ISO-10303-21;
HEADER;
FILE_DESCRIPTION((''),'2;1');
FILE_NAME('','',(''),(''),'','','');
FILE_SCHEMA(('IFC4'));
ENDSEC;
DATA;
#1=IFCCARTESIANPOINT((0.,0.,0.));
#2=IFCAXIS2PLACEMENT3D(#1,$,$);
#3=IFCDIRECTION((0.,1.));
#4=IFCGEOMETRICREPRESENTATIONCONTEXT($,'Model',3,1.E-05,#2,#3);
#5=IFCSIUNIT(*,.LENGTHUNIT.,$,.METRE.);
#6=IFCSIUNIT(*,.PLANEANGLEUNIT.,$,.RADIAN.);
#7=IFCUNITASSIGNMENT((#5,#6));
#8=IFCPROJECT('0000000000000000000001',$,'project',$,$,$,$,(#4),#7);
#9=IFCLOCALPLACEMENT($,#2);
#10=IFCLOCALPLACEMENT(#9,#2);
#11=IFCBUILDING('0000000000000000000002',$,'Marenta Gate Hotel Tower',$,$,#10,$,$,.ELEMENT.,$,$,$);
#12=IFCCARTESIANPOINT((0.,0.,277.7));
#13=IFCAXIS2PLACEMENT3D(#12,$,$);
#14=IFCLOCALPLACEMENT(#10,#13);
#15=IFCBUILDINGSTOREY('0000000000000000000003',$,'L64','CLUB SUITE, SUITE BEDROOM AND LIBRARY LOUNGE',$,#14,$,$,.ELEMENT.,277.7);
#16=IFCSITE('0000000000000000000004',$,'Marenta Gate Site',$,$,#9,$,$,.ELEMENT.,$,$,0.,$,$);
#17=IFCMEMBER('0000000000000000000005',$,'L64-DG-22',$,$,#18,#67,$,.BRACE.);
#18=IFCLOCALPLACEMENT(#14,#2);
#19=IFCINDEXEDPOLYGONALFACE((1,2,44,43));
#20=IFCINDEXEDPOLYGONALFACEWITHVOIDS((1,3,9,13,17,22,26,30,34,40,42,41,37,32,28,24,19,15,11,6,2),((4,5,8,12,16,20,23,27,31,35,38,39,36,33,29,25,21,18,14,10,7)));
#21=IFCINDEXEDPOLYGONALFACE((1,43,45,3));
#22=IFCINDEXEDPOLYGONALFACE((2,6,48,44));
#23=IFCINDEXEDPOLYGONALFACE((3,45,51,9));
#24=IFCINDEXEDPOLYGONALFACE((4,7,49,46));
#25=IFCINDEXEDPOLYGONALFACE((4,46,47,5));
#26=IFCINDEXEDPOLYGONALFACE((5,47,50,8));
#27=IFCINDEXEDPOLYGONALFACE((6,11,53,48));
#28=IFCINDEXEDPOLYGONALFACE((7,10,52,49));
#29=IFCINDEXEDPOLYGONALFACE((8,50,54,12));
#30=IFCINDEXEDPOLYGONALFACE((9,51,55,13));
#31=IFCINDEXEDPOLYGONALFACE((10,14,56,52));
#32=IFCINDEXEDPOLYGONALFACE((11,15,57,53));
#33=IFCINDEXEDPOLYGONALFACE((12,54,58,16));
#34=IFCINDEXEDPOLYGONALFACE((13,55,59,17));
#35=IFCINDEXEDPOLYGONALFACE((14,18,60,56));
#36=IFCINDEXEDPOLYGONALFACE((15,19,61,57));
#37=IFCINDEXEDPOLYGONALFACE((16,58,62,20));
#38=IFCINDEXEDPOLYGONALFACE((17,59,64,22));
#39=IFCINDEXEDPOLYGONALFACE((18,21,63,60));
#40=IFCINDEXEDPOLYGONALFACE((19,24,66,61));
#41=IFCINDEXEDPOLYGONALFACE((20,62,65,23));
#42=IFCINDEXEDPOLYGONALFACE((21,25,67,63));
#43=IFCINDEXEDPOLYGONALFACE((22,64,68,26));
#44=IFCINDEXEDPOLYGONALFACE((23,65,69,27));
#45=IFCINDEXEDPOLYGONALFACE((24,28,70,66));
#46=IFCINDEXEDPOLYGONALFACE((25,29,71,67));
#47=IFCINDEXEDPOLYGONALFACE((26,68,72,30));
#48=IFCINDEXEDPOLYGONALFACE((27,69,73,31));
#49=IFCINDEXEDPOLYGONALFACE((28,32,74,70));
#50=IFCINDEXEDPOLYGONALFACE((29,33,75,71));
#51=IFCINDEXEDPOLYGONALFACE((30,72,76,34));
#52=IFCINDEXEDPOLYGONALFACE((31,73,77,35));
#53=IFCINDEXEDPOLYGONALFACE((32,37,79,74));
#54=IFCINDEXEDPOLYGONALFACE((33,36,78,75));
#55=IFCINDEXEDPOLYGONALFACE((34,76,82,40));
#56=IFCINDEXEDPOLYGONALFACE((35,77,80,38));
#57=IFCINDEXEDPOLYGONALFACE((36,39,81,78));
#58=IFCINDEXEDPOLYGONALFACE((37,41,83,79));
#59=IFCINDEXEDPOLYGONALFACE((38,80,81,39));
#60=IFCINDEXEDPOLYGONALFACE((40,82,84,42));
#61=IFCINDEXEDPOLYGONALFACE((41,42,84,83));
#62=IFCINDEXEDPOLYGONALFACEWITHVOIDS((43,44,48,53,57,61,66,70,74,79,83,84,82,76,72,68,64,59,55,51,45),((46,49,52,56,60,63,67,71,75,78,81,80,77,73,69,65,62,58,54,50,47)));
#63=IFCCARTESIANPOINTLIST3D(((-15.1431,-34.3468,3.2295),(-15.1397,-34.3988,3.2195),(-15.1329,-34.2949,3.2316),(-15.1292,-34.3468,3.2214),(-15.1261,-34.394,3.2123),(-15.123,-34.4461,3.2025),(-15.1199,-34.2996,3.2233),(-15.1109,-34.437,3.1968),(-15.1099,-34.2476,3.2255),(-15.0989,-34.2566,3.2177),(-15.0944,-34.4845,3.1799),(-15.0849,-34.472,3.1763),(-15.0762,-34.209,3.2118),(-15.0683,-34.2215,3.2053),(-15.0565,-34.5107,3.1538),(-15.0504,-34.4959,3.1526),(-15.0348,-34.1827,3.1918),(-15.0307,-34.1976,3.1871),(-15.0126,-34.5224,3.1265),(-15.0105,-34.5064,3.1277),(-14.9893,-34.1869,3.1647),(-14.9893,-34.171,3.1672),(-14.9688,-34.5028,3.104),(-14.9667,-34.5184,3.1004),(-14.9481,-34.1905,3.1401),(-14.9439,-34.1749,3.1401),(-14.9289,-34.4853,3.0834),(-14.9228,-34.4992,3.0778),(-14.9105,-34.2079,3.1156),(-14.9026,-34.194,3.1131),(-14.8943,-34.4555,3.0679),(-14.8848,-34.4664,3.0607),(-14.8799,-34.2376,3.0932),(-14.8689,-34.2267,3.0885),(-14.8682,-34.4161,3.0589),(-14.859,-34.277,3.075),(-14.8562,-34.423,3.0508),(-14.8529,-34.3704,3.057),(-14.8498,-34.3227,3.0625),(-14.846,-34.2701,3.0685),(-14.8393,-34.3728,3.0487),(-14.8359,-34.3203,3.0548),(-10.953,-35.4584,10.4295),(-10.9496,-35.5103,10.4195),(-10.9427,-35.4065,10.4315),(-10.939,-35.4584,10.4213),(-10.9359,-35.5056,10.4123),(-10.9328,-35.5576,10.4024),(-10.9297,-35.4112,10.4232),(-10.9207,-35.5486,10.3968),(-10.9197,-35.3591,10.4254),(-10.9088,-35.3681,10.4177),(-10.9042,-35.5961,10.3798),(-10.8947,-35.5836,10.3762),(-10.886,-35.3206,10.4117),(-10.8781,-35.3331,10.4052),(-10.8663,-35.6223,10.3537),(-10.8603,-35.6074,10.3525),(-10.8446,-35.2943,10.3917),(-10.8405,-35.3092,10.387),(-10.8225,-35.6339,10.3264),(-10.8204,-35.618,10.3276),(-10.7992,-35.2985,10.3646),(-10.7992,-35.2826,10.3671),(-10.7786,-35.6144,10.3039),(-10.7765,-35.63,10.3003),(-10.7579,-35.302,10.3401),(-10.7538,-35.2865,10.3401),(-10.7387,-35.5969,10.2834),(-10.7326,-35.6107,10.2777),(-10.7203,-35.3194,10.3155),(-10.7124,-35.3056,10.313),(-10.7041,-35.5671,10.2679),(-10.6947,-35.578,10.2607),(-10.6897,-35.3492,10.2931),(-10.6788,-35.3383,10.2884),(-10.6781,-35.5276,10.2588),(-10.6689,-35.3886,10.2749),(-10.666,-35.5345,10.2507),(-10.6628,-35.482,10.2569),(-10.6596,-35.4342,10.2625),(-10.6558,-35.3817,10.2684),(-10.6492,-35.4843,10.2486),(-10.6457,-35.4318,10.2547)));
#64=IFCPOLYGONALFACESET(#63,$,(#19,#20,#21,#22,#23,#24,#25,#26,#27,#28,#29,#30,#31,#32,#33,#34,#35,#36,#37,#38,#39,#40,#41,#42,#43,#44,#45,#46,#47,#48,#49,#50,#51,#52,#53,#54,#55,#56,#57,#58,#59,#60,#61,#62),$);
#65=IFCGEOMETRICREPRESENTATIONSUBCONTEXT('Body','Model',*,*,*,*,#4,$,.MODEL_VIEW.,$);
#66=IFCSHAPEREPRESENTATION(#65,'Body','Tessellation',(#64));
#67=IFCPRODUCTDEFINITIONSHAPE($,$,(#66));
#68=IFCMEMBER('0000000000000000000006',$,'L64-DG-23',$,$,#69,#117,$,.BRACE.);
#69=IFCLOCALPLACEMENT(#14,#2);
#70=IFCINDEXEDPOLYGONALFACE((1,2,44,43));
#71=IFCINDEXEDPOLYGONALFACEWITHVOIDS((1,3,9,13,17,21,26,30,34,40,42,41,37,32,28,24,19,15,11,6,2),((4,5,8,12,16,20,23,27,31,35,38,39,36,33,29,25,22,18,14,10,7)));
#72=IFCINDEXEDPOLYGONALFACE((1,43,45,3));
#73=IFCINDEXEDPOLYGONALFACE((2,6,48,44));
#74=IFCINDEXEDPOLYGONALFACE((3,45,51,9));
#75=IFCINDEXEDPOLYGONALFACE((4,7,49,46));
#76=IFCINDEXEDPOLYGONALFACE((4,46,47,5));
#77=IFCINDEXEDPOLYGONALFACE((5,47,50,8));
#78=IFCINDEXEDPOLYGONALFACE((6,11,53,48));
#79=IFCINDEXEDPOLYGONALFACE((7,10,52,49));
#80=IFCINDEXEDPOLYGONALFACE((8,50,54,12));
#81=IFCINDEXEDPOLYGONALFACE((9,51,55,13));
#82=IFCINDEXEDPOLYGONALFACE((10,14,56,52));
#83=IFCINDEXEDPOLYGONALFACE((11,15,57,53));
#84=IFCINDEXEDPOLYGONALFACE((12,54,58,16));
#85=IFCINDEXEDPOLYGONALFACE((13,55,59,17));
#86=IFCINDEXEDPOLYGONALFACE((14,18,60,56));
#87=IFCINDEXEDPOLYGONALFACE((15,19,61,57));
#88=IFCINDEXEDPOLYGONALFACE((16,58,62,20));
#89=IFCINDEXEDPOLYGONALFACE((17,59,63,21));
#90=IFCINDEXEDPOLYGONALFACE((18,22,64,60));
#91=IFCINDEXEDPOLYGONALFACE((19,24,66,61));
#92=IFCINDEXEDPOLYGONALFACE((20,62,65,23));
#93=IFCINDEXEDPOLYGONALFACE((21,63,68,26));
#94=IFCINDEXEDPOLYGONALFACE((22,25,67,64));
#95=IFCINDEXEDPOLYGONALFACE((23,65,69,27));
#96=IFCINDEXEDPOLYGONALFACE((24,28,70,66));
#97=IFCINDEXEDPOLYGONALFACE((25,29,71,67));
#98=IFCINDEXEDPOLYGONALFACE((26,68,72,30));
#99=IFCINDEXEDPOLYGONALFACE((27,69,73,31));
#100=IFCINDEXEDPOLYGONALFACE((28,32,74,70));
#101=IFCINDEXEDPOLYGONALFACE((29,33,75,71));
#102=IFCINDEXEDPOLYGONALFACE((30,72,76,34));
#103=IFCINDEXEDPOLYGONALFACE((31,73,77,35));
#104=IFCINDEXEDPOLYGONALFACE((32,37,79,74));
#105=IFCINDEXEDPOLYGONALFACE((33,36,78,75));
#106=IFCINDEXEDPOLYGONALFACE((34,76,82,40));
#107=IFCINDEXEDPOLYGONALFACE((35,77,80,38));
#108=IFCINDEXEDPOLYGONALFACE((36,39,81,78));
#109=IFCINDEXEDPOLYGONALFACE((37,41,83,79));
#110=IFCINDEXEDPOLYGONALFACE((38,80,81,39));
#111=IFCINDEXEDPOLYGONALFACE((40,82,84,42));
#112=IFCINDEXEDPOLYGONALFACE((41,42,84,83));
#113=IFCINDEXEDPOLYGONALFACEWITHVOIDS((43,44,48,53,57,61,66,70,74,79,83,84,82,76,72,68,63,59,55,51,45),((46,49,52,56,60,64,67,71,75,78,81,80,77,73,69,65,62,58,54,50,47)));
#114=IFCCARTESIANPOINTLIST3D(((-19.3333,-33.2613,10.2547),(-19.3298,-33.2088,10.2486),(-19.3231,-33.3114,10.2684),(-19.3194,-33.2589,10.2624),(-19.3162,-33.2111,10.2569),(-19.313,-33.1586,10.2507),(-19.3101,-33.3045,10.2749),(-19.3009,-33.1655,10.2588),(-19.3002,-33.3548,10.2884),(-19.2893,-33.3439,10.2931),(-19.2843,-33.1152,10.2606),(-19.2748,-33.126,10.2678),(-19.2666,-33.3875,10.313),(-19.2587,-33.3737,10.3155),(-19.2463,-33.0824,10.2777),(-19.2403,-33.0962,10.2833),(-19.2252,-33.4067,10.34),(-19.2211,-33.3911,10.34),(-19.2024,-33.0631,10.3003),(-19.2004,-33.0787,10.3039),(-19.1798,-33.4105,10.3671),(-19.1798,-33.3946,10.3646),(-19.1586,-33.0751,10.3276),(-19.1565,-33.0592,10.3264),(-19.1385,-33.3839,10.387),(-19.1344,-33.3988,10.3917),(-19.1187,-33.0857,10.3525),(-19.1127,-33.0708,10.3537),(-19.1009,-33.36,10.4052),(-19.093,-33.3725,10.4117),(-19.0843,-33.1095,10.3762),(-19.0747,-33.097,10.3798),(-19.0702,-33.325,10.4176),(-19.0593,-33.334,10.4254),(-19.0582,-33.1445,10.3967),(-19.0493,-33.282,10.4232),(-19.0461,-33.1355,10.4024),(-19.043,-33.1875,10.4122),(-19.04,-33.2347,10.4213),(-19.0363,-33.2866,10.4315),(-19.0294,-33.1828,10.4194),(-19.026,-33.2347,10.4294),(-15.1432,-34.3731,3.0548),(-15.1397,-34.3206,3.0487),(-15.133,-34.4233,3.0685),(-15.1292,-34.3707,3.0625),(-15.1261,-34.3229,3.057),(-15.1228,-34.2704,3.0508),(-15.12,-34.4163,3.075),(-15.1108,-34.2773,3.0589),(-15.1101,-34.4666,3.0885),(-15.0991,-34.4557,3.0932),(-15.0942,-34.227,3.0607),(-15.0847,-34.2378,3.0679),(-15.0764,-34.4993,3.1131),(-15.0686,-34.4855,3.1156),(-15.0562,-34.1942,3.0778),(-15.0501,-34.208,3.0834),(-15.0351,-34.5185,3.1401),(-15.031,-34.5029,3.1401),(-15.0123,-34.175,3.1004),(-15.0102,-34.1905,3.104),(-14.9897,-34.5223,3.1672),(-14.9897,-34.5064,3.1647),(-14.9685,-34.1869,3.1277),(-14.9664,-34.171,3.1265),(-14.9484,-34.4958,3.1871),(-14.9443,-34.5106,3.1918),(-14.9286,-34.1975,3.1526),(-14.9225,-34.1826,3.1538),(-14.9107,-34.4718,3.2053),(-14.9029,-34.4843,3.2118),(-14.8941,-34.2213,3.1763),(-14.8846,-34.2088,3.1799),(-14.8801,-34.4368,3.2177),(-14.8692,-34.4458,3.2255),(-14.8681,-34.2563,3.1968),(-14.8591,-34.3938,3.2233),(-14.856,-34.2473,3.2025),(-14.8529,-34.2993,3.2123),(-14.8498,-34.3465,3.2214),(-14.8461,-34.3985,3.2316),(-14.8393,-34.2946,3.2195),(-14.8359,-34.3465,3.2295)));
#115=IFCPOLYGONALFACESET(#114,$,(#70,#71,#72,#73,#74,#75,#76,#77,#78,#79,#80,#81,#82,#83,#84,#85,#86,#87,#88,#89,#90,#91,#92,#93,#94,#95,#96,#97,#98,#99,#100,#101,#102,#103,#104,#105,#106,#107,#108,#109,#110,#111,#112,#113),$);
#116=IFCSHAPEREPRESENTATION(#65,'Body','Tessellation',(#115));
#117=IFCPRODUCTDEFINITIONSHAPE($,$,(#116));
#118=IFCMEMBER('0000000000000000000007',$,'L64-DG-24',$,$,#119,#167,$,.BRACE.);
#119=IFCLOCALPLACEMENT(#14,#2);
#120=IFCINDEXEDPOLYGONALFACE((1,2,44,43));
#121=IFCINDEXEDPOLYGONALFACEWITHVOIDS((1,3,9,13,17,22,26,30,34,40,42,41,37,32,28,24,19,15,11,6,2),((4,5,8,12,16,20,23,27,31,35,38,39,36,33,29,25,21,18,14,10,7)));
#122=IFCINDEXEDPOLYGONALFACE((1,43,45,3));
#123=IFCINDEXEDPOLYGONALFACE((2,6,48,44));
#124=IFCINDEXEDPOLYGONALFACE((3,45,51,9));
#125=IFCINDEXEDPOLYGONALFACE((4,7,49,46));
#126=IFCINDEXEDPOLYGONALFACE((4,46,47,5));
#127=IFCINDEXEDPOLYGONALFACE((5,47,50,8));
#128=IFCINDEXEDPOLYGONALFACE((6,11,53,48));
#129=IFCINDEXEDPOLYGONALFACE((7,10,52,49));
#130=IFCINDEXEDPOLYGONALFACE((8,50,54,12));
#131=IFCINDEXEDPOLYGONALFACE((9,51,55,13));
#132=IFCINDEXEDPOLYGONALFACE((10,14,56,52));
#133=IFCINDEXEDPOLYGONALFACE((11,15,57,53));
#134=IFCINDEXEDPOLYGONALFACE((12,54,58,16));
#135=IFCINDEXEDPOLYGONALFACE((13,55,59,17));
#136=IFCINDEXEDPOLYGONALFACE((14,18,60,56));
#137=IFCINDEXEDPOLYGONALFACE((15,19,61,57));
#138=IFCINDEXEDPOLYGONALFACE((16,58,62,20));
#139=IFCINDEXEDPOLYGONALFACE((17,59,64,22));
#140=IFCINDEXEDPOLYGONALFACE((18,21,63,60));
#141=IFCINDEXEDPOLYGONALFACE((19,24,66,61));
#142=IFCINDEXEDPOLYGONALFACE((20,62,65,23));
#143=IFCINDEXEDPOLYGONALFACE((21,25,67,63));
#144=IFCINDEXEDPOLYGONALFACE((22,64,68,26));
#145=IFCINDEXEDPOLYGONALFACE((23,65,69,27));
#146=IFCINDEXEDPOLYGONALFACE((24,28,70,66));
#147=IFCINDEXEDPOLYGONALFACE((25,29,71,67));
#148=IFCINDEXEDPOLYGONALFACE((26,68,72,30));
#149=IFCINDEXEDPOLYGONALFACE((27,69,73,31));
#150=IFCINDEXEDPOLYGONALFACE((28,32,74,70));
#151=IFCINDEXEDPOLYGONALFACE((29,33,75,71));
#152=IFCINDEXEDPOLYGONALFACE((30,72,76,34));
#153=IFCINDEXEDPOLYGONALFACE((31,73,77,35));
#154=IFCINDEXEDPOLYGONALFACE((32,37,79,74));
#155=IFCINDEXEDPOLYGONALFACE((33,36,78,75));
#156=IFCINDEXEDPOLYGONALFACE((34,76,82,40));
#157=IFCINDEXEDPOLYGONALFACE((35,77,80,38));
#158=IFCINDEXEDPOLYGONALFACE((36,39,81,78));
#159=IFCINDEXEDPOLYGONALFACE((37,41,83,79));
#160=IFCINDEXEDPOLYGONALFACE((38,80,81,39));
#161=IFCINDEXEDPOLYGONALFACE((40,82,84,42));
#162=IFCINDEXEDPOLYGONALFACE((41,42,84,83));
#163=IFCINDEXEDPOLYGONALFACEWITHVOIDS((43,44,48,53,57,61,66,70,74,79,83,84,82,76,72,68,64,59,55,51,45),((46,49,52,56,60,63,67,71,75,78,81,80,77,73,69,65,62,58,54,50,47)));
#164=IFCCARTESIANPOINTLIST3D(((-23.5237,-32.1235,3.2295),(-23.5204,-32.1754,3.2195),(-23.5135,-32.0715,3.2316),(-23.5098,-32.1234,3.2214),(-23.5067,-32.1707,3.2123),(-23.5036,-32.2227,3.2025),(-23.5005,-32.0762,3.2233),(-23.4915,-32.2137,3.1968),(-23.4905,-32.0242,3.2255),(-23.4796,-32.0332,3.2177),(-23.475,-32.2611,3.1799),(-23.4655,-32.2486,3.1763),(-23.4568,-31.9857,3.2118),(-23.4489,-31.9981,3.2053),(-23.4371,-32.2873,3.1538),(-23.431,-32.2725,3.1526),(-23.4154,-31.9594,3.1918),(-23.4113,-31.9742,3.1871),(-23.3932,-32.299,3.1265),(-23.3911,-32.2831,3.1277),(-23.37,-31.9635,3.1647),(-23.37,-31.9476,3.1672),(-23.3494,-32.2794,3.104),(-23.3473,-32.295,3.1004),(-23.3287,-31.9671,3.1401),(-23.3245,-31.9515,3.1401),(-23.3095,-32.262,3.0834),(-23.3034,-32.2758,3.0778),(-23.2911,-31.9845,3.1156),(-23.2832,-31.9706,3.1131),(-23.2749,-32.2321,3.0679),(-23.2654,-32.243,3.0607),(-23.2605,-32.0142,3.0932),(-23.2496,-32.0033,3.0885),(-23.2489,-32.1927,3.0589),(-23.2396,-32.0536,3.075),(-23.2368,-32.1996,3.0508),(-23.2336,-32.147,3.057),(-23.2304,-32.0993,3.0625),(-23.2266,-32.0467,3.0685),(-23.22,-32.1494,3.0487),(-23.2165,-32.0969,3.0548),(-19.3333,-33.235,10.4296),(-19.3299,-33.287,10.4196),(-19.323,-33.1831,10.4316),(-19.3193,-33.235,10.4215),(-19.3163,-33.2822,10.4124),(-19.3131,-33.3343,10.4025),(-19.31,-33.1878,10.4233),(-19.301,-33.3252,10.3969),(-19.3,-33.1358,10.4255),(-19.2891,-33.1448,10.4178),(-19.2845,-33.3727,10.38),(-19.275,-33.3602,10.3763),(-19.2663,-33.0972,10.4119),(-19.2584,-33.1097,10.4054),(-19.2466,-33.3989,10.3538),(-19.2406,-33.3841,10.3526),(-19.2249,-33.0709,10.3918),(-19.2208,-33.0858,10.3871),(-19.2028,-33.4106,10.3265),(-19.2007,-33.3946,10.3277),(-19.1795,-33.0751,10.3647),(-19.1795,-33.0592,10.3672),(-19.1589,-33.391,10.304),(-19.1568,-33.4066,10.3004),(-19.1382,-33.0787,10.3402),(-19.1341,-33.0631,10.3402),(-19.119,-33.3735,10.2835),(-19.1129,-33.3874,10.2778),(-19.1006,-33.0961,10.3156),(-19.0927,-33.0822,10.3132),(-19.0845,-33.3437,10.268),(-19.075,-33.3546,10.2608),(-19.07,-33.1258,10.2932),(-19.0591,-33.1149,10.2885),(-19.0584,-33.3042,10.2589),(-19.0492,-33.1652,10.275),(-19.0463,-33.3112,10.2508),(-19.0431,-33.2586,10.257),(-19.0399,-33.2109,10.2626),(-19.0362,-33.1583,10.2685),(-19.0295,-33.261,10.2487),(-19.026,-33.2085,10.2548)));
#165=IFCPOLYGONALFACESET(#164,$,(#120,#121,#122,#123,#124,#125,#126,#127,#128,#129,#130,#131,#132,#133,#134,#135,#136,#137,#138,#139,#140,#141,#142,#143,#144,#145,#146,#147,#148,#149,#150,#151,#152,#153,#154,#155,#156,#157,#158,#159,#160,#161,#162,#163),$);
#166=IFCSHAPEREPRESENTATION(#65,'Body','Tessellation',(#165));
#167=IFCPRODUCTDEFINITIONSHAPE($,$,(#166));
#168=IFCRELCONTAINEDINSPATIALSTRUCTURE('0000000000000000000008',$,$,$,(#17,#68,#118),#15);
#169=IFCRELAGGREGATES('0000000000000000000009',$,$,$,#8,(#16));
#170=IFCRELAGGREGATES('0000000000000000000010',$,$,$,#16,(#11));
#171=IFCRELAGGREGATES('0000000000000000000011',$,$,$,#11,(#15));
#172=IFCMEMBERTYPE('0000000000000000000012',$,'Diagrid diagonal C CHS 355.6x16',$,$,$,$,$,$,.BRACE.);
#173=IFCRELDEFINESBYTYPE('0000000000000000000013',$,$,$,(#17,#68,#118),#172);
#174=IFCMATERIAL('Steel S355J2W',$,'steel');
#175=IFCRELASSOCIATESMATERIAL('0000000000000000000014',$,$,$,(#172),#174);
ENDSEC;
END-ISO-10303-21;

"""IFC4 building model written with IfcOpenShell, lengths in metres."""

from ifc_helpers import new_model, si_unit, direction, frame, origin, origin_2d, place, context, subcontext, project, spatial, hollow_circle, extrude, material, material_profile, profile_set, type_object, element, save


model = new_model("IFC4")

# Units and contexts
model_context = context("Model", 3, precision=1e-05, world=origin(), true_north=direction((0.0, 1.0)))
body_context = subcontext(model_context, "Body", "Model", "MODEL_VIEW")
ifc_project = project(units=[si_unit("LENGTHUNIT", "METRE"), si_unit("PLANEANGLEUNIT", "RADIAN")], contexts=[model_context])

# Site, building, storey
site_placement = place(None, origin())
site = spatial("IfcSite", under=ifc_project, at=site_placement, Name="Marenta Gate Site", CompositionType="ELEMENT", RefElevation=0.0)
building_placement = place(site_placement, origin())
building = spatial("IfcBuilding", under=site, at=building_placement, Name="Marenta Gate Hotel Tower", CompositionType="ELEMENT")
storey_placement = place(building_placement, frame((0.0, 0.0, 277.7)))
storey = spatial("IfcBuildingStorey", under=building, at=storey_placement, Name="L64", Description="CLUB SUITE, SUITE BEDROOM AND LIBRARY LOUNGE", CompositionType="ELEMENT", Elevation=277.7)

# Members
ifc_material_1 = material(Name="Steel S355J2W", Category="steel")
ifc_material_profile_1 = material_profile(ifc_material_1, hollow_circle(Radius=0.1777, WallThickness=0.0161, at=origin_2d()), Name="CHS 355.6x16")
ifc_profile_set_1 = profile_set([ifc_material_profile_1], Name="Steel S355J2W")
member_type_1 = type_object("IfcMemberType", Name="Diagrid diagonal C CHS 355.6x16", PredefinedType="BRACE", material=ifc_profile_set_1)
for number, where, z_axis, x_axis, name in (
    (1, (-14.9895, -34.3467, 3.1401), (0.498575, -0.132262, 0.856697), (0.256411, 0.966568, 0.0), "L64-DG-22"),
    (2, (-14.9895, -34.3467, 3.1401), (-0.498573, 0.132291, 0.856693), (-0.256464, -0.966554, 0.0), "L64-DG-23"),
):
    element("IfcMember", number, at=place(storey_placement, frame(where, z_axis=z_axis, x_axis=x_axis)), inside=storey, type_object=member_type_1, Name=name, PredefinedType="BRACE", context=body_context, shape_type="SweptSolid", body=[
        extrude(hollow_circle(Radius=0.1777, WallThickness=0.0161, at=origin_2d()), origin(), (0.0, 0.0, 1.0), 8.4043),
    ])
member_1_placement = place(storey_placement, frame((-23.3701, -32.1233, 3.1401), z_axis=(0.498597, -0.13226, 0.856684), x_axis=(0.256397, 0.966572, 0.0)))
element("IfcMember", 3, at=member_1_placement, inside=storey, type_object=member_type_1, Name="L64-DG-24", PredefinedType="BRACE", context=body_context, shape_type="SweptSolid", body=[
    extrude(hollow_circle(Radius=0.1777, WallThickness=0.0161, at=origin_2d()), origin(), (0.0, 0.0, 1.0), 8.4045),
])

save(model, "model.ifc")
